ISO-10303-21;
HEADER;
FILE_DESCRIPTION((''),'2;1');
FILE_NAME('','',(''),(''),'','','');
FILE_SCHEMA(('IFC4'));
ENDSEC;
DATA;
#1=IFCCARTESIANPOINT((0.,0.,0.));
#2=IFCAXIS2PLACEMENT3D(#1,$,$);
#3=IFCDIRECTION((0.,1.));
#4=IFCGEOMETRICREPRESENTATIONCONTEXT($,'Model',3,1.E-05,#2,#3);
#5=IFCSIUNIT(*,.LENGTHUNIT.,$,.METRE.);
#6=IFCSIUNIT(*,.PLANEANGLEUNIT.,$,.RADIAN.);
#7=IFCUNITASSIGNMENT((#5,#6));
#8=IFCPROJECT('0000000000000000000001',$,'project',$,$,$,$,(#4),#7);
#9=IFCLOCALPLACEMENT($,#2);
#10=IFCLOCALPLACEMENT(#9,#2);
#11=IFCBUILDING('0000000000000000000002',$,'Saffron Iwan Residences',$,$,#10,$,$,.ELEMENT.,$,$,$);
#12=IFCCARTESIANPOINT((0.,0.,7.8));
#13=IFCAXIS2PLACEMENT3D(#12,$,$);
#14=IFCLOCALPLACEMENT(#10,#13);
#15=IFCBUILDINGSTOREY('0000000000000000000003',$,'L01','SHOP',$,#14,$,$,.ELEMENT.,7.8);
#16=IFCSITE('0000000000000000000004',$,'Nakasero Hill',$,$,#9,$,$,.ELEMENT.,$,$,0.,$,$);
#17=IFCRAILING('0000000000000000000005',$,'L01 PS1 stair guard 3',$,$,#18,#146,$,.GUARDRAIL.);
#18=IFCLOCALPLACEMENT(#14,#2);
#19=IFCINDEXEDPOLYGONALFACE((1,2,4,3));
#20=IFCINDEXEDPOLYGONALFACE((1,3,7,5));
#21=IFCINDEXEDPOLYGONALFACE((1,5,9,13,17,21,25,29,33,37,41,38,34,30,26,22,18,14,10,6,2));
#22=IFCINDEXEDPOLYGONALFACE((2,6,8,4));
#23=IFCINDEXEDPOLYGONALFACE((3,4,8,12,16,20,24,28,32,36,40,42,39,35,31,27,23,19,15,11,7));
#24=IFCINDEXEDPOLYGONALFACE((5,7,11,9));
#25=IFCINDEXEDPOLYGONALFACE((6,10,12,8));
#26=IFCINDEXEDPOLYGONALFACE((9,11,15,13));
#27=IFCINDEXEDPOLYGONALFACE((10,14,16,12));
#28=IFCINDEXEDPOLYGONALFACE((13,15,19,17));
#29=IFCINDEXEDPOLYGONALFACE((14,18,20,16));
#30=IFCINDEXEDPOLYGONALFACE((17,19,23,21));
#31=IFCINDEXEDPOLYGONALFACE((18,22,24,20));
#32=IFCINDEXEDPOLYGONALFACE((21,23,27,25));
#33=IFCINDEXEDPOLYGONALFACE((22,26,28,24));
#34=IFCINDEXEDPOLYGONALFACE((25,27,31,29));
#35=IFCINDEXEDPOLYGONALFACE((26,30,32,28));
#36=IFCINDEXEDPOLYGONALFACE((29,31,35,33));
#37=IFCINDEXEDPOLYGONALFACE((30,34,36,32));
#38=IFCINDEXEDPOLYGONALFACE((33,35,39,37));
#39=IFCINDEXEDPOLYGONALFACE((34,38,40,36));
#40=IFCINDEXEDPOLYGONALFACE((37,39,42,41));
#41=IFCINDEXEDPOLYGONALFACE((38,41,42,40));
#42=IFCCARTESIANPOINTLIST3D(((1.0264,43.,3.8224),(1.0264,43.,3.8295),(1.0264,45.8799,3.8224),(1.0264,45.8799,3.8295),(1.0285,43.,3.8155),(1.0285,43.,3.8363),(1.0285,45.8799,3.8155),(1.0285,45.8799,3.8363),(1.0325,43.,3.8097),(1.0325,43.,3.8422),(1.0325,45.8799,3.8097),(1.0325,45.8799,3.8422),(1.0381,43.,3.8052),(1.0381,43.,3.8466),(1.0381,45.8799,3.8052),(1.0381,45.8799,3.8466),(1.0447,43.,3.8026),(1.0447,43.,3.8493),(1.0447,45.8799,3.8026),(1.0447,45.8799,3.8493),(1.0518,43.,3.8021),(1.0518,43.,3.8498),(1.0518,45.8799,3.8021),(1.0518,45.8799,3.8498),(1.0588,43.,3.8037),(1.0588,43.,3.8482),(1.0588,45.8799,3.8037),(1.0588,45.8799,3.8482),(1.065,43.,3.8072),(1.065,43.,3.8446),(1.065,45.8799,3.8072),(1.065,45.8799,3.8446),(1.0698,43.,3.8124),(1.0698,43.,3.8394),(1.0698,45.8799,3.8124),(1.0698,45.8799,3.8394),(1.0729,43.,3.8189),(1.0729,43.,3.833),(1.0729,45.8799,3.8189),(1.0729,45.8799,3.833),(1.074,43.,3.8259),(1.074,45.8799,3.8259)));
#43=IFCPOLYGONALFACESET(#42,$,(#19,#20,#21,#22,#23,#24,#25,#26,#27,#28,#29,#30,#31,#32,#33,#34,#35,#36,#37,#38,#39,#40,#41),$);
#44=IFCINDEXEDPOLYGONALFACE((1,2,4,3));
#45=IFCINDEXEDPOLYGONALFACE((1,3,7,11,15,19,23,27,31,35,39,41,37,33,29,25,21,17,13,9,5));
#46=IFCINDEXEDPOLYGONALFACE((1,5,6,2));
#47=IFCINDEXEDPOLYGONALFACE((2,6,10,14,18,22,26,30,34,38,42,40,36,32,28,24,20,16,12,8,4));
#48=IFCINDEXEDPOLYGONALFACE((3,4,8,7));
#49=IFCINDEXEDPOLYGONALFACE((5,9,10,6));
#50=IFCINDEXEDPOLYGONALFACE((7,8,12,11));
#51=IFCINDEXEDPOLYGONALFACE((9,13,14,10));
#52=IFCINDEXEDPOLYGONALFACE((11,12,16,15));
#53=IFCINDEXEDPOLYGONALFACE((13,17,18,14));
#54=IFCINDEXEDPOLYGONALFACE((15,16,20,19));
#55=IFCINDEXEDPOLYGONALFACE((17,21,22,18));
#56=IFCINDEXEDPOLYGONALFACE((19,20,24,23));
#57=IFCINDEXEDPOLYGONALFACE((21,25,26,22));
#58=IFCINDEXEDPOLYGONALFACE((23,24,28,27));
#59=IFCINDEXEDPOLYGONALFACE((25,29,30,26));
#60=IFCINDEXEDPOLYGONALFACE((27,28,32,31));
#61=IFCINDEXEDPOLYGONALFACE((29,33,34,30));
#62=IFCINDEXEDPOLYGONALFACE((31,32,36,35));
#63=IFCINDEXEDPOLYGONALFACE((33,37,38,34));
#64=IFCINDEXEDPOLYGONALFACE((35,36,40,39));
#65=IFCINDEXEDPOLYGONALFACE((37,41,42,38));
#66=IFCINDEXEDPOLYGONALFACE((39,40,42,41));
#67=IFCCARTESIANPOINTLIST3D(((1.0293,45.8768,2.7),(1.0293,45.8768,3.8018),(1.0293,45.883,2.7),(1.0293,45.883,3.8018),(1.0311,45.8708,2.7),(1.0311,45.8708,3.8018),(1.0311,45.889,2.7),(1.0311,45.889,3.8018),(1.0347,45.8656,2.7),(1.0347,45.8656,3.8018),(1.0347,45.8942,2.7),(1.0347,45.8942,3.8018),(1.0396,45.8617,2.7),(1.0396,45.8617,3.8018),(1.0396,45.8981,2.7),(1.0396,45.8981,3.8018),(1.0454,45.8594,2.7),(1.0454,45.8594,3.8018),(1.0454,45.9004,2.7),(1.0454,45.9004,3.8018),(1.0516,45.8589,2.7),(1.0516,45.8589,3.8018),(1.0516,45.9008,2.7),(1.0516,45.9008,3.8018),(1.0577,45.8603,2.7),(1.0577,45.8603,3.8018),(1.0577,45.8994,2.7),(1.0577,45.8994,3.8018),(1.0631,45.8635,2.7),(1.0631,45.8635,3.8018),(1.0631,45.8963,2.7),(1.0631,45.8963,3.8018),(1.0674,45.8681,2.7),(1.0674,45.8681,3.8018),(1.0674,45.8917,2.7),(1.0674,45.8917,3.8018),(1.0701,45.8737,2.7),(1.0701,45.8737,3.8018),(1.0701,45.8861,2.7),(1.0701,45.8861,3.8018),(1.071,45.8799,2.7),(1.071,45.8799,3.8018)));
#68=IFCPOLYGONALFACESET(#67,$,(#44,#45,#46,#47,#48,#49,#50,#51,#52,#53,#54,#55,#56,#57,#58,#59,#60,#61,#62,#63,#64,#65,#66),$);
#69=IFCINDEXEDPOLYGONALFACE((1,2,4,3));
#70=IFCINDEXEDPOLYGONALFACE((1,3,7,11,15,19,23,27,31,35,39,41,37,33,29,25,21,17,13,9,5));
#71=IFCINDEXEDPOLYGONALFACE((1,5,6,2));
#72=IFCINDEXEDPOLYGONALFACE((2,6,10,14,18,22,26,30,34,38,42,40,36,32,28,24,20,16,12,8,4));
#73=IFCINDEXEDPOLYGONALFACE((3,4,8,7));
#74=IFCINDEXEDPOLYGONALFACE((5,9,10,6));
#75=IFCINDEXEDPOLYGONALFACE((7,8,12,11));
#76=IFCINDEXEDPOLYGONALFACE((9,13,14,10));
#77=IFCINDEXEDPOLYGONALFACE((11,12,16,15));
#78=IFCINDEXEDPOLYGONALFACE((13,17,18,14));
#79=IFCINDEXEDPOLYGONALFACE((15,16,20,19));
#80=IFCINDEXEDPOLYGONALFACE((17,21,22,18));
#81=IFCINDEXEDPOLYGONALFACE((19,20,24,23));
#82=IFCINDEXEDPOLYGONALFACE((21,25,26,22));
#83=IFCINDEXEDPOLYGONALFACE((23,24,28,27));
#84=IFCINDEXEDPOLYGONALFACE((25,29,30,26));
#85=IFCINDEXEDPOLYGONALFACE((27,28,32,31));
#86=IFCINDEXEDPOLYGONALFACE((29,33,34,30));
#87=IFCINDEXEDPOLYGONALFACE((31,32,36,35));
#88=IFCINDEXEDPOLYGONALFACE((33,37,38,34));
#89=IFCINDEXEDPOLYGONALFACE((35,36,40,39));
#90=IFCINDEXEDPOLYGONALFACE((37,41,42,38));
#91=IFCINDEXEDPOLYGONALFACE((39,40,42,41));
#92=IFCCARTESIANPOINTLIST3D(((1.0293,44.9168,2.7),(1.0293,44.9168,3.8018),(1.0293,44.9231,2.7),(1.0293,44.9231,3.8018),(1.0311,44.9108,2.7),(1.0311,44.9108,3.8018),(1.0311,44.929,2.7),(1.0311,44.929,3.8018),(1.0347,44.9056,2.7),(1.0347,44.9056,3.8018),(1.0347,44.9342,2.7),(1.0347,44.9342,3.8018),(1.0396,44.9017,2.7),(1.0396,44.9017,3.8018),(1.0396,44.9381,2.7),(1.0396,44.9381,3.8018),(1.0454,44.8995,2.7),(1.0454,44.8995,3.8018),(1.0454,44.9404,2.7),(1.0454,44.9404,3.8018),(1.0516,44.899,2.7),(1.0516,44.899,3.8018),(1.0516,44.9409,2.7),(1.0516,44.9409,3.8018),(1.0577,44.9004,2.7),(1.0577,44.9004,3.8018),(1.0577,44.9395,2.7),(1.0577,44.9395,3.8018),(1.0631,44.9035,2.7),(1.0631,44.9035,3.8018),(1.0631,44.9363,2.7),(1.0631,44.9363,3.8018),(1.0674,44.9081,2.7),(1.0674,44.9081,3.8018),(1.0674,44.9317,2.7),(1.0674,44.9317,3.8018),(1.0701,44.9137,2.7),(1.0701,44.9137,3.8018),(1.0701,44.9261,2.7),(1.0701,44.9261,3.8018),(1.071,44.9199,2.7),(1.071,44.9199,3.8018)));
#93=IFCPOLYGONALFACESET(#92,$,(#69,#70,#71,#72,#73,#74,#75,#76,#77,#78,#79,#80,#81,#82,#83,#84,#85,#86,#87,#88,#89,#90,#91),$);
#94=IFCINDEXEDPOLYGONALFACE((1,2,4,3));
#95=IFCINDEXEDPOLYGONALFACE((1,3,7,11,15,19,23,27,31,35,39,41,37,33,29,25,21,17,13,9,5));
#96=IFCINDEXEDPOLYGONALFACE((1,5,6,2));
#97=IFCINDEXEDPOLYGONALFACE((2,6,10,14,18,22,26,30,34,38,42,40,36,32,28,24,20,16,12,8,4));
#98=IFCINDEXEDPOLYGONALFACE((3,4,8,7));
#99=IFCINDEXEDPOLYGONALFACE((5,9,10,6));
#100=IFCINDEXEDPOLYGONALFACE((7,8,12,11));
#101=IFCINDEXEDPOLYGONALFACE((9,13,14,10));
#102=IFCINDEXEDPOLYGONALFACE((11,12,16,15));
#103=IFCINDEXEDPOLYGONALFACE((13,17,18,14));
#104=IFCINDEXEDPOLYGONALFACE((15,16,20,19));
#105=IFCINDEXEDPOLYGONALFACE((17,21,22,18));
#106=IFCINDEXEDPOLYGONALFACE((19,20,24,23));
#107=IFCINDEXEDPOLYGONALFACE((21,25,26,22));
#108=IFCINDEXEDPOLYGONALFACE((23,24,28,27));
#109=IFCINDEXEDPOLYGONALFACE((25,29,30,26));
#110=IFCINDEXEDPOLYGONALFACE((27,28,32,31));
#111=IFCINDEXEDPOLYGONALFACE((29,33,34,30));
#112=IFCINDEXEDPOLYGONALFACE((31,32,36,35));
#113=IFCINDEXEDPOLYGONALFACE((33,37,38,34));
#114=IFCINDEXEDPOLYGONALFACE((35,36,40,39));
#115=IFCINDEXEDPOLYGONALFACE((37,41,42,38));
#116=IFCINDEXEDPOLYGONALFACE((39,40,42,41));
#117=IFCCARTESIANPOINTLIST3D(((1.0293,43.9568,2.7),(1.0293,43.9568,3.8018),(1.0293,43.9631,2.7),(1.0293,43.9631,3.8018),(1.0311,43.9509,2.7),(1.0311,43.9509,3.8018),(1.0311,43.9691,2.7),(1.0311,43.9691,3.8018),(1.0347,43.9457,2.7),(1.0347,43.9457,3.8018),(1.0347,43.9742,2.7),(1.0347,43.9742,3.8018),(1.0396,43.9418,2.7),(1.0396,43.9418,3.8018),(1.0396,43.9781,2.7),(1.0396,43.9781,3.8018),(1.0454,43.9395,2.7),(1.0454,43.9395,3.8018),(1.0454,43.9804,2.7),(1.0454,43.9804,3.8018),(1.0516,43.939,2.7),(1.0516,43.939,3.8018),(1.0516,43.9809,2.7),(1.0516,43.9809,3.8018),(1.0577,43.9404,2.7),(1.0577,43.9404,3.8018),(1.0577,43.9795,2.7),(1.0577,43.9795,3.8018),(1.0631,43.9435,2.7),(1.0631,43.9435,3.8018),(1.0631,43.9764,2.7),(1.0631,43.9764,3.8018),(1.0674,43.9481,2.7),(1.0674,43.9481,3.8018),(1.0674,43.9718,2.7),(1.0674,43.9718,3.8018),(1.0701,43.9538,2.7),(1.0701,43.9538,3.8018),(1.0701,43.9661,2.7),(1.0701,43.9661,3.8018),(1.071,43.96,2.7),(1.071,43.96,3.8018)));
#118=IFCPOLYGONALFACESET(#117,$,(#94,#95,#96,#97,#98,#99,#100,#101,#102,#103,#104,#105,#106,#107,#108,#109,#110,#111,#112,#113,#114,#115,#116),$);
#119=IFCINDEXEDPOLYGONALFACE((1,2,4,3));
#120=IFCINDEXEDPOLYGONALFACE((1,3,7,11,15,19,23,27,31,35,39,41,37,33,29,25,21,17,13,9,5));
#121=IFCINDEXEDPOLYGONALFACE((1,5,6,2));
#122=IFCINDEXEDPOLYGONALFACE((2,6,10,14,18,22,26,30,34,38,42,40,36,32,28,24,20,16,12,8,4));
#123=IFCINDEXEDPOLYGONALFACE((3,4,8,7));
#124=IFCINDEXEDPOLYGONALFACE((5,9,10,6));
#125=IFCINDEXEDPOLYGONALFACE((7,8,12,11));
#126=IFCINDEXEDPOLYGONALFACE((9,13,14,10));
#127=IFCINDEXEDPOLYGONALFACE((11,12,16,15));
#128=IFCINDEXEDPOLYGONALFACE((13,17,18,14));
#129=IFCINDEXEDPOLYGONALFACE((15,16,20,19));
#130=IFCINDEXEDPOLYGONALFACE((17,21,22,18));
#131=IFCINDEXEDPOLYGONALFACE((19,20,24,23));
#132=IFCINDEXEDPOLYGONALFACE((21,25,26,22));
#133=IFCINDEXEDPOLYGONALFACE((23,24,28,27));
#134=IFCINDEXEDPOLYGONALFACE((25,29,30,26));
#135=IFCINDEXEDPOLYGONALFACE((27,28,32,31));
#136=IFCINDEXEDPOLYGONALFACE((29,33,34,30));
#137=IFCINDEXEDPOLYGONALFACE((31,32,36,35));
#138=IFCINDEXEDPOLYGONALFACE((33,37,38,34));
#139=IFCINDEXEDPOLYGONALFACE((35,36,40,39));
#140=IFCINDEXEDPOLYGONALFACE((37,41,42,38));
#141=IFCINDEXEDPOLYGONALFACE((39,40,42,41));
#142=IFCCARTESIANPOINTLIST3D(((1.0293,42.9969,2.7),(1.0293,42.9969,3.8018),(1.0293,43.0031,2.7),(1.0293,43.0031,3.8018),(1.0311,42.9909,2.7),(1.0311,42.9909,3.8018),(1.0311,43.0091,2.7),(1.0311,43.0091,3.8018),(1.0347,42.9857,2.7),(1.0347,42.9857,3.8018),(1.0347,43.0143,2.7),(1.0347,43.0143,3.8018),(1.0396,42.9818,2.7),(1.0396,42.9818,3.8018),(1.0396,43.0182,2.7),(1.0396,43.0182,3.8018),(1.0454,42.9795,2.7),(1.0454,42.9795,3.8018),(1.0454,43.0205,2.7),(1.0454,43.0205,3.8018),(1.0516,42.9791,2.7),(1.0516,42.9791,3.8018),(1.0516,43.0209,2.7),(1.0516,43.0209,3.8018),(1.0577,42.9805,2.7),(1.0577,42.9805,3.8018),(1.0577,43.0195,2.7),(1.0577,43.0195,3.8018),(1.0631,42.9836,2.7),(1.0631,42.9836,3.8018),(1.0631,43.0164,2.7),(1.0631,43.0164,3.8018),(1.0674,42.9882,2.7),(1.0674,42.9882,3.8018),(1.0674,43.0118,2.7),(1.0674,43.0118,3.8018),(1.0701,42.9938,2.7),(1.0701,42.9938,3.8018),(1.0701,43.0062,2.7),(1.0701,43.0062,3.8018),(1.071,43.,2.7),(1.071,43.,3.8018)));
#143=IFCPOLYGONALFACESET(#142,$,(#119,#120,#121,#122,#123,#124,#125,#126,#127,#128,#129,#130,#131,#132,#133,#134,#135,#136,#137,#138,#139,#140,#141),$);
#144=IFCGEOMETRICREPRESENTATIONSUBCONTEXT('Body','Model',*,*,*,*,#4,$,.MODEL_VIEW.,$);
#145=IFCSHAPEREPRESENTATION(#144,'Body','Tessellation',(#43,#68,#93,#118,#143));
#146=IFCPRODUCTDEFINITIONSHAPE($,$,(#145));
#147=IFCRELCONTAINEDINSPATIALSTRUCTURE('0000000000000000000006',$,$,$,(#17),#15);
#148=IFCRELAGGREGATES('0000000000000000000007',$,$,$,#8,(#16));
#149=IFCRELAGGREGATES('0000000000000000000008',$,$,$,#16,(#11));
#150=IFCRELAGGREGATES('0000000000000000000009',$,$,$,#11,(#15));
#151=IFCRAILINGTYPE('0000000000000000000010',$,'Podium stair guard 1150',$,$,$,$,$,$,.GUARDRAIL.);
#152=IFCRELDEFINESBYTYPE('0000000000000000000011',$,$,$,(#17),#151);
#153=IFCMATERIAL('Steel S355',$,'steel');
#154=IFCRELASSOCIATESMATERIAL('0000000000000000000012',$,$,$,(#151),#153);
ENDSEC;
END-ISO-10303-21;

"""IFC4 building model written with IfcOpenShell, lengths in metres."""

from ifc_helpers import new_model, si_unit, direction, frame, origin, origin_2d, place, context, subcontext, project, spatial, circle, extrude, material, type_object, element, save


model = new_model("IFC4")

# Units and contexts
model_context = context("Model", 3, precision=1e-05, world=origin(), true_north=direction((0.0, 1.0)))
body_context = subcontext(model_context, "Body", "Model", "MODEL_VIEW")
ifc_project = project(units=[si_unit("LENGTHUNIT", "METRE"), si_unit("PLANEANGLEUNIT", "RADIAN")], contexts=[model_context])

# Site, building, storey
site_placement = place(None, origin())
site = spatial("IfcSite", under=ifc_project, at=site_placement, Name="Nakasero Hill", CompositionType="ELEMENT", RefElevation=0.0)
building_placement = place(site_placement, origin())
building = spatial("IfcBuilding", under=site, at=building_placement, Name="Saffron Iwan Residences", CompositionType="ELEMENT")
storey_placement = place(building_placement, frame((0.0, 0.0, 7.8)))
storey = spatial("IfcBuildingStorey", under=building, at=storey_placement, Name="L01", Description="SHOP", CompositionType="ELEMENT", Elevation=7.8)

# Railing
ifc_material_1 = material(Name="Steel S355", Category="steel")
railing_type_1 = type_object("IfcRailingType", Name="Podium stair guard 1150", PredefinedType="GUARDRAIL", material=ifc_material_1)
railing_1_placement = place(storey_placement, frame((1.05, 45.8799, 2.7)))
element("IfcRailing", 1, at=railing_1_placement, inside=storey, type_object=railing_type_1, Name="L01 PS1 stair guard 3", PredefinedType="GUARDRAIL", context=body_context, shape_type="SweptSolid", body=[
    extrude(circle(Radius=0.0239, at=origin_2d()), frame((0.0, 0.0, 1.126), z_axis=(0.0, -1.0, 0.0), x_axis=(1.0, 0.0, 0.0)), (0.0, 0.0, 1.0), 2.8799),
    extrude(circle(Radius=0.021, at=origin_2d()), origin(), (0.0, 0.0, 1.0), 1.1018),
    extrude(circle(Radius=0.021, at=origin_2d()), frame((0.0, -0.96, 0.0)), (0.0, 0.0, 1.0), 1.1018),
    extrude(circle(Radius=0.021, at=origin_2d()), frame((0.0, -1.9199, 0.0)), (0.0, 0.0, 1.0), 1.1018),
    extrude(circle(Radius=0.021, at=origin_2d()), frame((0.0, -2.8799, 0.0)), (0.0, 0.0, 1.0), 1.1018),
])

save(model, "model.ifc")
